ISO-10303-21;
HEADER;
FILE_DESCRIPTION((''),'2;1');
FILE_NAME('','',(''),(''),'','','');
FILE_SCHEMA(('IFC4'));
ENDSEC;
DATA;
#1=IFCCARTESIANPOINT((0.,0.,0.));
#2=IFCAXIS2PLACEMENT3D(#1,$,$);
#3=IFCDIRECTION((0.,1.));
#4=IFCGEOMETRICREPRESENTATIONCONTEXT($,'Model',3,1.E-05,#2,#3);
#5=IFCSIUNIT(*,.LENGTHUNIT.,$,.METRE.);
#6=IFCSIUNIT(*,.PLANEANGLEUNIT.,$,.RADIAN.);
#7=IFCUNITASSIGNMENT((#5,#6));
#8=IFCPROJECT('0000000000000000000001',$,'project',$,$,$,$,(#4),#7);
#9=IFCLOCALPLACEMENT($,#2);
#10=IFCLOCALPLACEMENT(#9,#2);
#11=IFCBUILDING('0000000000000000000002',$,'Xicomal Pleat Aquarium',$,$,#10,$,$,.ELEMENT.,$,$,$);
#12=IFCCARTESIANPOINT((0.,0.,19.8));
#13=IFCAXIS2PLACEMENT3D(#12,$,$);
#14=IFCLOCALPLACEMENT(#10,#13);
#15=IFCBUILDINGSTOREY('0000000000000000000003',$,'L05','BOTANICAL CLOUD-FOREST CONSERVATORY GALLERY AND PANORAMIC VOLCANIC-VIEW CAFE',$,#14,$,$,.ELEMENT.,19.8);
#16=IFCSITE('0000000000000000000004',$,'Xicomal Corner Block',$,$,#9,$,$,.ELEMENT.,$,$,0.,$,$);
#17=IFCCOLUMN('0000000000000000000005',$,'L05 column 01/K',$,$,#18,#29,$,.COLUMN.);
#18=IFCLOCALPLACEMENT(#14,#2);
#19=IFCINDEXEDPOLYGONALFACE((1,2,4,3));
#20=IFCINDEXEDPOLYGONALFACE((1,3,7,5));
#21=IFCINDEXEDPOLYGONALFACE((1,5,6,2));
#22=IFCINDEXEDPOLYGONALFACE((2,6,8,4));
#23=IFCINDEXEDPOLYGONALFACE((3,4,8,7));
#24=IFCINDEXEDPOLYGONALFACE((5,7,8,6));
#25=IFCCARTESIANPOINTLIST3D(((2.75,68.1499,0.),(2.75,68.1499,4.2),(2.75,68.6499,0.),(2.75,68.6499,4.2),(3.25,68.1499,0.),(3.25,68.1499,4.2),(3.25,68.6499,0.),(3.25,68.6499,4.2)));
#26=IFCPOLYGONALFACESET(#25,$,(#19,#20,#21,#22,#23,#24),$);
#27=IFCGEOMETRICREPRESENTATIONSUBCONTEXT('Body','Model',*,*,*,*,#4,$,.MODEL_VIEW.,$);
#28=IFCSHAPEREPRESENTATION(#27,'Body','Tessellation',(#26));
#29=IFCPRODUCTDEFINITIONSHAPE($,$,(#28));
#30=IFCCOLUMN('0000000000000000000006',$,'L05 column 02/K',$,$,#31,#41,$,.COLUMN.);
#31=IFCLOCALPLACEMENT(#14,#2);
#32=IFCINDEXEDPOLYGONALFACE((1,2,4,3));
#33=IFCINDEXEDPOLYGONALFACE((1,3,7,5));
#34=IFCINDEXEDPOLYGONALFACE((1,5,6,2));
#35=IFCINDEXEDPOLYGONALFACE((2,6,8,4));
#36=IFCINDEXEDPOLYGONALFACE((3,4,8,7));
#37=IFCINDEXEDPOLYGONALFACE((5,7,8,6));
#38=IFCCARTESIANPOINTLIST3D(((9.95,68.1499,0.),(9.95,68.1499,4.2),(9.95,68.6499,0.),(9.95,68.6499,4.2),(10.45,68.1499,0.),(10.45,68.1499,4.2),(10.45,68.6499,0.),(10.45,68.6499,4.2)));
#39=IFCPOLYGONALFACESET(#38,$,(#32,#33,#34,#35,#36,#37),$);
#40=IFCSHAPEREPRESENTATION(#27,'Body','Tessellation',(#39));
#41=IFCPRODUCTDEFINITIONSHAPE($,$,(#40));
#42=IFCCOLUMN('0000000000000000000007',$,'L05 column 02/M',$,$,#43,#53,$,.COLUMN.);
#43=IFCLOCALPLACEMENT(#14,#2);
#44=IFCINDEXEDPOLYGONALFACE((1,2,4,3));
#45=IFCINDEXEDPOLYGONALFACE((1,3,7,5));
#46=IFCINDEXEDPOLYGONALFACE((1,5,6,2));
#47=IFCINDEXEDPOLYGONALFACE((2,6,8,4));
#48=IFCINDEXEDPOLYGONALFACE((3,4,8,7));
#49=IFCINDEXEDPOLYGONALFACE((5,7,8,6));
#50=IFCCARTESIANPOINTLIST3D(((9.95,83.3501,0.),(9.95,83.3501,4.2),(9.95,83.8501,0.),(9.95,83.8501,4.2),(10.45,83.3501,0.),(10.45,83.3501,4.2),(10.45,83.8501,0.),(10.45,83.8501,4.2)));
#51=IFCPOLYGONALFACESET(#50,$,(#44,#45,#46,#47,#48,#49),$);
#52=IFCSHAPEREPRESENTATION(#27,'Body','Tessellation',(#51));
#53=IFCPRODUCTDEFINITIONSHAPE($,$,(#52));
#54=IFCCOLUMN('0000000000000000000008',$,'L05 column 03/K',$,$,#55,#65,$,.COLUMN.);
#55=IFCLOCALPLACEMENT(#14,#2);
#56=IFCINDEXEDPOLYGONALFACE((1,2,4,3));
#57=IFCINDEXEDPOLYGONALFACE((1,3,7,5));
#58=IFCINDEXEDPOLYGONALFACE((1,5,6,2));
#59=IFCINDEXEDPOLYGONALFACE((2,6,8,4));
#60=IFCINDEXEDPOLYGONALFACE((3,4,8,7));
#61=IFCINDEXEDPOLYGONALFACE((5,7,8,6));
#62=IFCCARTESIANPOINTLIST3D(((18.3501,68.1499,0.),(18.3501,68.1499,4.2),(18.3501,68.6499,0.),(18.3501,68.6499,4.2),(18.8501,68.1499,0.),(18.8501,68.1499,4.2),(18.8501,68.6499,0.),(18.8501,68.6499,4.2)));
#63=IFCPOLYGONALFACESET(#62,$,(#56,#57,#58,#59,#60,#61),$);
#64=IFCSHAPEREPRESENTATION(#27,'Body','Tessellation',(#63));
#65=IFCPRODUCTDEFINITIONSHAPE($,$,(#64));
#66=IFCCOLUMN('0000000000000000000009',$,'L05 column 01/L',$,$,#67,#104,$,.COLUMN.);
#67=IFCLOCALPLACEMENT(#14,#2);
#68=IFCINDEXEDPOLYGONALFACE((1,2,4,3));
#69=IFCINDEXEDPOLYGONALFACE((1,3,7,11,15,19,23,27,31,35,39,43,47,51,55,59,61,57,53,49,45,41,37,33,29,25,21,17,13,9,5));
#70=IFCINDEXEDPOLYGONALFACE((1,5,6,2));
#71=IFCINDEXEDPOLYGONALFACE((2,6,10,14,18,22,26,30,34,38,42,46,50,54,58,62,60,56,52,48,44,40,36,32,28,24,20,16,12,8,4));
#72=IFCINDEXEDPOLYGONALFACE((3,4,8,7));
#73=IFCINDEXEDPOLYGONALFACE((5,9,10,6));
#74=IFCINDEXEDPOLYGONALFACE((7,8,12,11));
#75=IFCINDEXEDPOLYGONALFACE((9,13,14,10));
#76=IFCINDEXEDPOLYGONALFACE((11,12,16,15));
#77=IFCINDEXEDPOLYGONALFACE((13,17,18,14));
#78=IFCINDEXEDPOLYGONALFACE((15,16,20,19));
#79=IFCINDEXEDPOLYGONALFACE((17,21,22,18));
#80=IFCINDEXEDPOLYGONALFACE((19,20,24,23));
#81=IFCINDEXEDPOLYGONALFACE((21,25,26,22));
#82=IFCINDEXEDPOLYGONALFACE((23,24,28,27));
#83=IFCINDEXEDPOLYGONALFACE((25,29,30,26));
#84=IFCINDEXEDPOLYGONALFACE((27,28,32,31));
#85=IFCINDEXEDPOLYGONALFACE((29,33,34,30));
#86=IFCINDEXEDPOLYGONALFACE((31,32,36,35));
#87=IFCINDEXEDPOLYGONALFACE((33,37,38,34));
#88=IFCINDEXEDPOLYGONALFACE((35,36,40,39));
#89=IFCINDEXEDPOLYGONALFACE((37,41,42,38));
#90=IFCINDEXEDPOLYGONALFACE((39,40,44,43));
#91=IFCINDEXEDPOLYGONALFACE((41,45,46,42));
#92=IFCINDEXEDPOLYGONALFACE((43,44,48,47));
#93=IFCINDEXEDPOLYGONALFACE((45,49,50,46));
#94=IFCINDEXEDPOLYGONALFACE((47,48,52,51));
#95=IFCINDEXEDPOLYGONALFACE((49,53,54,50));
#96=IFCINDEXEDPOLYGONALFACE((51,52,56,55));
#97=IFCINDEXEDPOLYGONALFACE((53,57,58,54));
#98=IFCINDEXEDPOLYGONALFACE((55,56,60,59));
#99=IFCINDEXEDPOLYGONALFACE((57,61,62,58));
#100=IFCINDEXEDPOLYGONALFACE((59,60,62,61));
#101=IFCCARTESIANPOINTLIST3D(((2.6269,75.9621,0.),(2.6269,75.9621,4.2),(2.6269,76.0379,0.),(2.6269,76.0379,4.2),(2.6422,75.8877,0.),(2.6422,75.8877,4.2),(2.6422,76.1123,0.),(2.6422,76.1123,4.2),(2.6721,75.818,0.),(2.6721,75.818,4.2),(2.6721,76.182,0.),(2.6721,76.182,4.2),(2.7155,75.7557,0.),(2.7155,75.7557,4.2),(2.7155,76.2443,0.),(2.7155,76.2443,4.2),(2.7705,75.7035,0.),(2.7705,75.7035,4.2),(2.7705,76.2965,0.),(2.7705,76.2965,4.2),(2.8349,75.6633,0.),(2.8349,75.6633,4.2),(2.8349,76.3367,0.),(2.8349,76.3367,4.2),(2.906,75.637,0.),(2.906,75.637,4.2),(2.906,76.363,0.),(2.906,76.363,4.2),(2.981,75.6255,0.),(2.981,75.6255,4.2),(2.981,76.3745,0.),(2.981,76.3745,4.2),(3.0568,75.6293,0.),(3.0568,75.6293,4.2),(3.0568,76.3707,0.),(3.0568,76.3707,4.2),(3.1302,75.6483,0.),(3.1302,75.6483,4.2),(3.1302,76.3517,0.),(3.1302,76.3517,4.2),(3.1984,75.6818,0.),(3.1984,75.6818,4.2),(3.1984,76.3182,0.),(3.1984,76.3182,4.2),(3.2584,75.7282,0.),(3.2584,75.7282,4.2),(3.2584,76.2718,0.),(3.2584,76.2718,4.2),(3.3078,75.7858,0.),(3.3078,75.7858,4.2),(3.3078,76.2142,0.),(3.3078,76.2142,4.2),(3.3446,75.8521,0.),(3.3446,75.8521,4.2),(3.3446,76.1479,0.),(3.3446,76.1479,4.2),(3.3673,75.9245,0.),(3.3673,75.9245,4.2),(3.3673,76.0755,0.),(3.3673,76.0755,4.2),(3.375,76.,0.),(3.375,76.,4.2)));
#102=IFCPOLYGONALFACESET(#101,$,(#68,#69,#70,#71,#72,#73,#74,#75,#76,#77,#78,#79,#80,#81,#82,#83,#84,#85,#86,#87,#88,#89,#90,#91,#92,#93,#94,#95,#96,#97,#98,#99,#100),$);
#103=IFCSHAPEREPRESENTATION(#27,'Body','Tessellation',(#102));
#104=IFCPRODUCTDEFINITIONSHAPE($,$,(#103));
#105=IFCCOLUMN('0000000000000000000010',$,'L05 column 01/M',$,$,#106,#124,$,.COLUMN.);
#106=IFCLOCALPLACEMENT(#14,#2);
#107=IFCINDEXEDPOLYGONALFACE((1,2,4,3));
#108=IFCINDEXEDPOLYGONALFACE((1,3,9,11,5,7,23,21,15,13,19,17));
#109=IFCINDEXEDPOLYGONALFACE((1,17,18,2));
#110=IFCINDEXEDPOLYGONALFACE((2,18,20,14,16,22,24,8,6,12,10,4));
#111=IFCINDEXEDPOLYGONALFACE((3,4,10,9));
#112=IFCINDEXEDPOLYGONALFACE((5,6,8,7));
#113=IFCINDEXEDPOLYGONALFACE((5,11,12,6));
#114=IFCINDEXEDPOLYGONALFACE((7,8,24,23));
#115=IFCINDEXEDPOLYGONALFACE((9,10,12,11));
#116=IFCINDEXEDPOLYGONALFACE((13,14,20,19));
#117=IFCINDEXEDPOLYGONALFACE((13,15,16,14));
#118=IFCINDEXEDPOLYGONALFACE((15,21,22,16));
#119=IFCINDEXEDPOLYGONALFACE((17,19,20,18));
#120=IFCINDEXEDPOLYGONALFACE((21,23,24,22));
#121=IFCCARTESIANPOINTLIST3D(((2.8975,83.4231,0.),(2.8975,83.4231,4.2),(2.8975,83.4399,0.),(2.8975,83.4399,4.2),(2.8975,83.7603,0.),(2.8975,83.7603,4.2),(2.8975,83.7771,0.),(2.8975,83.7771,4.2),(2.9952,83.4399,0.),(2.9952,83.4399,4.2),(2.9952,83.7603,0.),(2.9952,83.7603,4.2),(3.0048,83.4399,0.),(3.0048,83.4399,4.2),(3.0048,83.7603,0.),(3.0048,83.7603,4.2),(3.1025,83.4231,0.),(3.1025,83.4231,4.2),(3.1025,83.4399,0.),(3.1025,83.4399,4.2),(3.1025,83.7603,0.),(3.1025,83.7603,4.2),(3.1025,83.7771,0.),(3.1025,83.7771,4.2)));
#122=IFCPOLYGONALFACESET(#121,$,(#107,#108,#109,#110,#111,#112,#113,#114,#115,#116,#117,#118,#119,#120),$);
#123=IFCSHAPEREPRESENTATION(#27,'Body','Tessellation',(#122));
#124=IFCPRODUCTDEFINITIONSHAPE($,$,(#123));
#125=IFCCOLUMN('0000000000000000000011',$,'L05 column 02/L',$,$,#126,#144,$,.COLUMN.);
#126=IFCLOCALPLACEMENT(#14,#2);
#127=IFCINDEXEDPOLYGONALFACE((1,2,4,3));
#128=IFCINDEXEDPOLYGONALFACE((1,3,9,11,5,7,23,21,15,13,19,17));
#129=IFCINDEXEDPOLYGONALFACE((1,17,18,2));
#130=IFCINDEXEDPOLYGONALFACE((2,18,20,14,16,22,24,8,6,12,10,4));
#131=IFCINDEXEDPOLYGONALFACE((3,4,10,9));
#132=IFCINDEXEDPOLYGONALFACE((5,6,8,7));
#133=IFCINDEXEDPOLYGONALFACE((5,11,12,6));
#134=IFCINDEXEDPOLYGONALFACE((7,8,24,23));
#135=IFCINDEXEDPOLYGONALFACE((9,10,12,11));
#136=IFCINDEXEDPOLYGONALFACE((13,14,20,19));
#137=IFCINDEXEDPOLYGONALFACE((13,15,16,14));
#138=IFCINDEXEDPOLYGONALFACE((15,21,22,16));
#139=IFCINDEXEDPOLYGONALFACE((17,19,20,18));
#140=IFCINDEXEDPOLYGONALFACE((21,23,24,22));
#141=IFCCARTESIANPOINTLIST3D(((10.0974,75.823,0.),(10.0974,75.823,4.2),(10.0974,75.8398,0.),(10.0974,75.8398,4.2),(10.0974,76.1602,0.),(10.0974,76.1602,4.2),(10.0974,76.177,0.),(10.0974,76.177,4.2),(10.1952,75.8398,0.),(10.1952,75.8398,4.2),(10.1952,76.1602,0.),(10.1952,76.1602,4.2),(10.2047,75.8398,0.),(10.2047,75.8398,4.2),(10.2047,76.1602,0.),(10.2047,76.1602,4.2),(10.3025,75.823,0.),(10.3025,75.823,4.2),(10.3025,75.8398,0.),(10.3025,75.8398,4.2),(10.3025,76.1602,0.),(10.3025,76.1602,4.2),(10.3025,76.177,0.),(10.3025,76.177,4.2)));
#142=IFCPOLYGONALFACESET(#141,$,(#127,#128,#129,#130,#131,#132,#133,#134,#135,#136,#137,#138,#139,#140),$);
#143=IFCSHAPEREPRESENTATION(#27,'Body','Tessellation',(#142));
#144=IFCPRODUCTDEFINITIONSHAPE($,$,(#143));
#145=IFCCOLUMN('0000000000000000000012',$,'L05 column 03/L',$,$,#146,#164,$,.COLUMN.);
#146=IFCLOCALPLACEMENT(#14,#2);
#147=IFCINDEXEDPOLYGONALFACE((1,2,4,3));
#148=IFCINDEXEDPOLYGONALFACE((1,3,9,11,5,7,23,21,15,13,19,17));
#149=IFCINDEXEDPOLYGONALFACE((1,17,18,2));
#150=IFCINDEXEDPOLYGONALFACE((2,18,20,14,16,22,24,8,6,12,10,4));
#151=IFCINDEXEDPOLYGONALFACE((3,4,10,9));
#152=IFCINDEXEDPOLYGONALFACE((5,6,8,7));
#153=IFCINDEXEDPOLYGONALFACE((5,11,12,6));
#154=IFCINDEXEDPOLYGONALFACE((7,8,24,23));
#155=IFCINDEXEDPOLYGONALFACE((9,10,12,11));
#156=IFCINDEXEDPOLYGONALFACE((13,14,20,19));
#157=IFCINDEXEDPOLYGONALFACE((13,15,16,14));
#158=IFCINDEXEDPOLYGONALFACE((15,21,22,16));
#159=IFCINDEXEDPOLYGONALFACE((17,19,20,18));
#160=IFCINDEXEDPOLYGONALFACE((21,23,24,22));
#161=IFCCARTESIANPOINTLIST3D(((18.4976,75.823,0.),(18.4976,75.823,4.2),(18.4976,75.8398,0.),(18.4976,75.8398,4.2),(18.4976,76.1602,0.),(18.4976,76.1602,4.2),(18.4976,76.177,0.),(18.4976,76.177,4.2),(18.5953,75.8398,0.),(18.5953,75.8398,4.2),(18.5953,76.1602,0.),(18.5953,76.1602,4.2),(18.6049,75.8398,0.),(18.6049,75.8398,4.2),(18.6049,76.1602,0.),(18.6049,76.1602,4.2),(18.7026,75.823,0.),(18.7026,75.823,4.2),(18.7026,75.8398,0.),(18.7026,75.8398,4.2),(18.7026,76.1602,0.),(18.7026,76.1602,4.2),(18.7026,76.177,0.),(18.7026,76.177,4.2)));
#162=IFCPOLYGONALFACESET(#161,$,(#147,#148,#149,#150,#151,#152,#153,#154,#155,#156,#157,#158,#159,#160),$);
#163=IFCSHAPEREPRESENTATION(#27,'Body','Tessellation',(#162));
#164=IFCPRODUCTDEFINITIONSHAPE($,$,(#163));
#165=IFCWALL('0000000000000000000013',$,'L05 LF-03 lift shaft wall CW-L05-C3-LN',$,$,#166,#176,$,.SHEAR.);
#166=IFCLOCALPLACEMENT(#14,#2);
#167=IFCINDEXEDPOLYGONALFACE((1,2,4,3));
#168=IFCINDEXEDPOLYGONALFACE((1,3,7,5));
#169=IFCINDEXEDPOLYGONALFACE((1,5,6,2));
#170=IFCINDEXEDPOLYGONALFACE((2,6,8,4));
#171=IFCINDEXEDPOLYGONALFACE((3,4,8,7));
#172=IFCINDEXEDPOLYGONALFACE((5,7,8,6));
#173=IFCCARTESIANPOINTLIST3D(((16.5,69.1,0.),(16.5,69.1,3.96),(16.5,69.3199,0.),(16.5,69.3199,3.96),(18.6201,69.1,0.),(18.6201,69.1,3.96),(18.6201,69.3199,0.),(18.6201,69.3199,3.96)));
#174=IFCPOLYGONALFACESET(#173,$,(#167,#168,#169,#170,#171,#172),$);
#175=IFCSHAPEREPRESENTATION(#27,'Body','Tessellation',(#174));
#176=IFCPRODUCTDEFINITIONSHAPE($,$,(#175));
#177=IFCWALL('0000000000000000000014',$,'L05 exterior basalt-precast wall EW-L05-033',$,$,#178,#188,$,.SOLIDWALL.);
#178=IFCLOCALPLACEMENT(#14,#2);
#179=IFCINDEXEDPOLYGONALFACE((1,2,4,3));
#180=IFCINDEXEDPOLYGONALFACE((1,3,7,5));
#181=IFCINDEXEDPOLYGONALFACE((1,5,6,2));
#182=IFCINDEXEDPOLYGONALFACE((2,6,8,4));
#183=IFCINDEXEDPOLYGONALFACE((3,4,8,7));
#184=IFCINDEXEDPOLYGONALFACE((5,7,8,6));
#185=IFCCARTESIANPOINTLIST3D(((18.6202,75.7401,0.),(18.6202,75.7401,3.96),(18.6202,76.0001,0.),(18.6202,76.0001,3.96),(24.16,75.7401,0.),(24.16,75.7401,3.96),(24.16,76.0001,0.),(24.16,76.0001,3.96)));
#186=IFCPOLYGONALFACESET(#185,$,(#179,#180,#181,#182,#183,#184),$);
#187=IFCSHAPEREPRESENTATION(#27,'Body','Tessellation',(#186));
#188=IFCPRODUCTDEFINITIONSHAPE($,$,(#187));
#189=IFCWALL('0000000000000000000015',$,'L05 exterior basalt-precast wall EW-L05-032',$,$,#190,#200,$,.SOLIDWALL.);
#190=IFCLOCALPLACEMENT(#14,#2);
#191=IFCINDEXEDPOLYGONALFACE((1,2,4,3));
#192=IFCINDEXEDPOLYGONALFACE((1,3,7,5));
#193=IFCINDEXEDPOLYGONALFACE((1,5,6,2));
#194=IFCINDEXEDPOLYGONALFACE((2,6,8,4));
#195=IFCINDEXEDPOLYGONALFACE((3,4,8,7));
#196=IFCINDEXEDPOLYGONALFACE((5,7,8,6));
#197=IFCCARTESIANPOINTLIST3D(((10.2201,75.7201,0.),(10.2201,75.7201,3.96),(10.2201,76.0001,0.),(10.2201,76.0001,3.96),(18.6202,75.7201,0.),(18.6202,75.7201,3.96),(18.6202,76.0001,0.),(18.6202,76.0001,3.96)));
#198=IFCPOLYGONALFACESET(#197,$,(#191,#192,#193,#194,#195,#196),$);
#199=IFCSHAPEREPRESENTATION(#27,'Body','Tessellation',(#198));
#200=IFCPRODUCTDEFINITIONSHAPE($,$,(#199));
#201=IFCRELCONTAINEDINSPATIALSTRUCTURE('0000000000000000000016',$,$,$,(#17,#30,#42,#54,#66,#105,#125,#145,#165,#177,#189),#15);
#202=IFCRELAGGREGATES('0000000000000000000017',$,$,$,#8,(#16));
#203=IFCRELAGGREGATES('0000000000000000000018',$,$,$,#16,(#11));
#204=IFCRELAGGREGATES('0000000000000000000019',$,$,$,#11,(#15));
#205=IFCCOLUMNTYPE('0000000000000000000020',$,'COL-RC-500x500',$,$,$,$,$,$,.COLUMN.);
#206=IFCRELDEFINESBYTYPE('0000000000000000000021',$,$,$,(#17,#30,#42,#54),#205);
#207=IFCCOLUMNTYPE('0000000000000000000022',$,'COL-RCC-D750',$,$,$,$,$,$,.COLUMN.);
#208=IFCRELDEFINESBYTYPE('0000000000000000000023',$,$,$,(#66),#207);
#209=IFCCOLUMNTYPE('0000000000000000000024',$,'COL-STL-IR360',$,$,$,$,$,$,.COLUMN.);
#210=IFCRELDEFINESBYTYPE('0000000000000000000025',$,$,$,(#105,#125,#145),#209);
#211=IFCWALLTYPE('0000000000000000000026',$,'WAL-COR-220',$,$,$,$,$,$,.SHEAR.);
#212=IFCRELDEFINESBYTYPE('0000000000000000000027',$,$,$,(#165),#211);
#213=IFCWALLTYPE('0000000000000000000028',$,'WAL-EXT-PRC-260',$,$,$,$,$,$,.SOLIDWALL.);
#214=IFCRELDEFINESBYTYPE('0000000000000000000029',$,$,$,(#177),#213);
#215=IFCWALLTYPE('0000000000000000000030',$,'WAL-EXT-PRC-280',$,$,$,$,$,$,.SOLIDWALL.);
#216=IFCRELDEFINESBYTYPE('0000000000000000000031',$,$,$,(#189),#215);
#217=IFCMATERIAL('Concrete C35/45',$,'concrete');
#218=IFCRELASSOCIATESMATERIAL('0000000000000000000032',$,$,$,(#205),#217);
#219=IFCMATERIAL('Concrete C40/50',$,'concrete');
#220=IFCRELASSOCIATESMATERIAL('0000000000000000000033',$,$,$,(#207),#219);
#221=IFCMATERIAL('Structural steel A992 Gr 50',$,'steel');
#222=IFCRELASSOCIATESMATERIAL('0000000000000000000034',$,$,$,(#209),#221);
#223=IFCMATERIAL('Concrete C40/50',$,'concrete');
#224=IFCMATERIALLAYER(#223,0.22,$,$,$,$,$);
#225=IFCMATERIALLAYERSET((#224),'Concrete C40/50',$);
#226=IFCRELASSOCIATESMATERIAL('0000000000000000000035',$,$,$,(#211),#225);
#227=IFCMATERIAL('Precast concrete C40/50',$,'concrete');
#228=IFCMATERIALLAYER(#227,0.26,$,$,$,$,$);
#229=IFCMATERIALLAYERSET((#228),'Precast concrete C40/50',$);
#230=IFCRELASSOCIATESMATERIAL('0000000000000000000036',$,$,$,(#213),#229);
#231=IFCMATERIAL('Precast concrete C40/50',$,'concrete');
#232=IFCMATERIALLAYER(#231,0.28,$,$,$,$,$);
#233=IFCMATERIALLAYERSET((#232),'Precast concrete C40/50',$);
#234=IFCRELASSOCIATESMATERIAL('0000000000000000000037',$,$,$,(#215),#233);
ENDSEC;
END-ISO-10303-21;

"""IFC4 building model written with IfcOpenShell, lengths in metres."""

from ifc_helpers import new_model, si_unit, direction, frame, frame_2d, origin, origin_2d, place, context, subcontext, project, spatial, rectangle, circle, i_section, extrude, material, layer, layer_set, material_profile, profile_set, type_object, element, save


model = new_model("IFC4")

# Units and contexts
model_context = context("Model", 3, precision=1e-05, world=origin(), true_north=direction((0.0, 1.0)))
body_context = subcontext(model_context, "Body", "Model", "MODEL_VIEW")
ifc_project = project(units=[si_unit("LENGTHUNIT", "METRE"), si_unit("PLANEANGLEUNIT", "RADIAN")], contexts=[model_context])

# Site, building, storey
site_placement = place(None, origin())
site = spatial("IfcSite", under=ifc_project, at=site_placement, Name="Xicomal Corner Block", CompositionType="ELEMENT", RefElevation=0.0)
building_placement = place(site_placement, origin())
building = spatial("IfcBuilding", under=site, at=building_placement, Name="Xicomal Pleat Aquarium", CompositionType="ELEMENT")
storey_placement = place(building_placement, frame((0.0, 0.0, 19.8)))
storey = spatial("IfcBuildingStorey", under=building, at=storey_placement, Name="L05", Description="BOTANICAL CLOUD-FOREST CONSERVATORY GALLERY AND PANORAMIC VOLCANIC-VIEW CAFE", CompositionType="ELEMENT", Elevation=19.8)

# Columns
ifc_material_1 = material(Name="Concrete C35/45", Category="concrete")
ifc_material_profile_1 = material_profile(ifc_material_1, rectangle(XDim=0.5, YDim=0.5, at=origin_2d()), Name="RC 500x500")
ifc_profile_set_1 = profile_set([ifc_material_profile_1], Name="Concrete C35/45")
column_type_1 = type_object("IfcColumnType", Name="COL-RC-500x500", PredefinedType="COLUMN", material=ifc_profile_set_1)
for number, where, z_axis, x_axis, name in (
    (1, (3.0, 68.3999, 0.0), (0.0, 0.0, 1.0), (1.0, 0.0, 0.0), "L05 column 01/K"),
    (2, (10.2, 68.3999, 0.0), (0.0, 0.0, 1.0), (1.0, 0.0, 0.0), "L05 column 02/K"),
    (3, (10.2, 83.6001, 0.0), (0.0, 0.0, 1.0), (1.0, 0.0, 0.0), "L05 column 02/M"),
    (4, (18.6001, 68.3999, 0.0), (0.0, 0.0, 1.0), (1.0, 0.0, 0.0), "L05 column 03/K"),
):
    element("IfcColumn", number, at=place(storey_placement, frame(where, z_axis=z_axis, x_axis=x_axis)), inside=storey, type_object=column_type_1, Name=name, PredefinedType="COLUMN", context=body_context, shape_type="SweptSolid", body=[
        extrude(rectangle(XDim=0.5, YDim=0.5, at=origin_2d()), origin(), (0.0, 0.0, 1.0), 4.2),
    ])
ifc_material_2 = material(Name="Concrete C40/50", Category="concrete")
ifc_material_profile_2 = material_profile(ifc_material_2, circle(Radius=0.375, at=origin_2d()), Name="RCC D750")
ifc_profile_set_2 = profile_set([ifc_material_profile_2], Name="Concrete C40/50")
column_type_2 = type_object("IfcColumnType", Name="COL-RCC-D750", PredefinedType="COLUMN", material=ifc_profile_set_2)
column_placement = place(storey_placement, frame((3.0, 76.0, 0.0), z_axis=(0.0, 0.0, 1.0), x_axis=(1.0, 0.0, 0.0)))
element("IfcColumn", 5, at=column_placement, inside=storey, type_object=column_type_2, Name="L05 column 01/L", PredefinedType="COLUMN", context=body_context, shape_type="SweptSolid", body=[
    extrude(circle(Radius=0.375, at=origin_2d()), origin(), (0.0, 0.0, 1.0), 4.2),
])
ifc_material_3 = material(Name="Structural steel A992 Gr 50", Category="steel")
ifc_material_profile_3 = material_profile(ifc_material_3, i_section(OverallWidth=0.2051, OverallDepth=0.354, WebThickness=0.0095, FlangeThickness=0.0168, at=origin_2d()), Name="IR 360x79")
ifc_profile_set_3 = profile_set([ifc_material_profile_3], Name="Structural steel A992 Gr 50")
column_type_3 = type_object("IfcColumnType", Name="COL-STL-IR360", PredefinedType="COLUMN", material=ifc_profile_set_3)
for number, where, z_axis, x_axis, name in (
    (6, (3.0, 83.6001, 0.0), (0.0, 0.0, 1.0), (1.0, 0.0, 0.0), "L05 column 01/M"),
    (7, (10.2, 76.0, 0.0), (0.0, 0.0, 1.0), (1.0, 0.0, 0.0), "L05 column 02/L"),
    (8, (18.6001, 76.0, 0.0), (0.0, 0.0, 1.0), (1.0, 0.0, 0.0), "L05 column 03/L"),
):
    element("IfcColumn", number, at=place(storey_placement, frame(where, z_axis=z_axis, x_axis=x_axis)), inside=storey, type_object=column_type_3, Name=name, PredefinedType="COLUMN", context=body_context, shape_type="SweptSolid", body=[
        extrude(i_section(OverallWidth=0.2051, OverallDepth=0.354, WebThickness=0.0095, FlangeThickness=0.0168, at=origin_2d()), origin(), (0.0, 0.0, 1.0), 4.2),
    ])

# Walls
ifc_material_4 = material(Name="Concrete C40/50", Category="concrete")
ifc_layer_1 = layer(ifc_material_4, 0.22)
ifc_layer_set_1 = layer_set([ifc_layer_1], Name="Concrete C40/50")
wall_type_1 = type_object("IfcWallType", Name="WAL-COR-220", PredefinedType="SHEAR", material=ifc_layer_set_1)
wall_1_placement = place(storey_placement, frame((16.5, 69.21, 0.0), z_axis=(0.0, 0.0, 1.0), x_axis=(1.0, 0.0, 0.0)))
element("IfcWall", 9, at=wall_1_placement, inside=storey, type_object=wall_type_1, Name="L05 LF-03 lift shaft wall CW-L05-C3-LN", PredefinedType="SHEAR", context=body_context, shape_type="SweptSolid", body=[
    extrude(rectangle(XDim=2.1201, YDim=0.22, at=frame_2d((1.0601, 0.0))), origin(), (0.0, 0.0, 1.0), 3.96),
])
ifc_material_5 = material(Name="Precast concrete C40/50", Category="concrete")
ifc_layer_2 = layer(ifc_material_5, 0.26)
ifc_layer_set_2 = layer_set([ifc_layer_2], Name="Precast concrete C40/50")
wall_type_2 = type_object("IfcWallType", Name="WAL-EXT-PRC-260", PredefinedType="SOLIDWALL", material=ifc_layer_set_2)
wall_2_placement = place(storey_placement, frame((18.6201, 75.8701, 0.0), z_axis=(0.0, 0.0, 1.0), x_axis=(1.0, 0.0, 0.0)))
element("IfcWall", 10, at=wall_2_placement, inside=storey, type_object=wall_type_2, Name="L05 exterior basalt-precast wall EW-L05-033", PredefinedType="SOLIDWALL", context=body_context, shape_type="SweptSolid", body=[
    extrude(rectangle(XDim=5.5398, YDim=0.26, at=frame_2d((2.77, 0.0))), origin(), (0.0, 0.0, 1.0), 3.96),
])
ifc_material_6 = material(Name="Precast concrete C40/50", Category="concrete")
ifc_layer_3 = layer(ifc_material_6, 0.28)
ifc_layer_set_3 = layer_set([ifc_layer_3], Name="Precast concrete C40/50")
wall_type_3 = type_object("IfcWallType", Name="WAL-EXT-PRC-280", PredefinedType="SOLIDWALL", material=ifc_layer_set_3)
wall_3_placement = place(storey_placement, frame((10.22, 75.8601, 0.0), z_axis=(0.0, 0.0, 1.0), x_axis=(1.0, 0.0, 0.0)))
element("IfcWall", 11, at=wall_3_placement, inside=storey, type_object=wall_type_3, Name="L05 exterior basalt-precast wall EW-L05-032", PredefinedType="SOLIDWALL", context=body_context, shape_type="SweptSolid", body=[
    extrude(rectangle(XDim=8.4001, YDim=0.28, at=frame_2d((4.2002, 0.0))), origin(), (0.0, 0.0, 1.0), 3.96),
])

save(model, "model.ifc")
